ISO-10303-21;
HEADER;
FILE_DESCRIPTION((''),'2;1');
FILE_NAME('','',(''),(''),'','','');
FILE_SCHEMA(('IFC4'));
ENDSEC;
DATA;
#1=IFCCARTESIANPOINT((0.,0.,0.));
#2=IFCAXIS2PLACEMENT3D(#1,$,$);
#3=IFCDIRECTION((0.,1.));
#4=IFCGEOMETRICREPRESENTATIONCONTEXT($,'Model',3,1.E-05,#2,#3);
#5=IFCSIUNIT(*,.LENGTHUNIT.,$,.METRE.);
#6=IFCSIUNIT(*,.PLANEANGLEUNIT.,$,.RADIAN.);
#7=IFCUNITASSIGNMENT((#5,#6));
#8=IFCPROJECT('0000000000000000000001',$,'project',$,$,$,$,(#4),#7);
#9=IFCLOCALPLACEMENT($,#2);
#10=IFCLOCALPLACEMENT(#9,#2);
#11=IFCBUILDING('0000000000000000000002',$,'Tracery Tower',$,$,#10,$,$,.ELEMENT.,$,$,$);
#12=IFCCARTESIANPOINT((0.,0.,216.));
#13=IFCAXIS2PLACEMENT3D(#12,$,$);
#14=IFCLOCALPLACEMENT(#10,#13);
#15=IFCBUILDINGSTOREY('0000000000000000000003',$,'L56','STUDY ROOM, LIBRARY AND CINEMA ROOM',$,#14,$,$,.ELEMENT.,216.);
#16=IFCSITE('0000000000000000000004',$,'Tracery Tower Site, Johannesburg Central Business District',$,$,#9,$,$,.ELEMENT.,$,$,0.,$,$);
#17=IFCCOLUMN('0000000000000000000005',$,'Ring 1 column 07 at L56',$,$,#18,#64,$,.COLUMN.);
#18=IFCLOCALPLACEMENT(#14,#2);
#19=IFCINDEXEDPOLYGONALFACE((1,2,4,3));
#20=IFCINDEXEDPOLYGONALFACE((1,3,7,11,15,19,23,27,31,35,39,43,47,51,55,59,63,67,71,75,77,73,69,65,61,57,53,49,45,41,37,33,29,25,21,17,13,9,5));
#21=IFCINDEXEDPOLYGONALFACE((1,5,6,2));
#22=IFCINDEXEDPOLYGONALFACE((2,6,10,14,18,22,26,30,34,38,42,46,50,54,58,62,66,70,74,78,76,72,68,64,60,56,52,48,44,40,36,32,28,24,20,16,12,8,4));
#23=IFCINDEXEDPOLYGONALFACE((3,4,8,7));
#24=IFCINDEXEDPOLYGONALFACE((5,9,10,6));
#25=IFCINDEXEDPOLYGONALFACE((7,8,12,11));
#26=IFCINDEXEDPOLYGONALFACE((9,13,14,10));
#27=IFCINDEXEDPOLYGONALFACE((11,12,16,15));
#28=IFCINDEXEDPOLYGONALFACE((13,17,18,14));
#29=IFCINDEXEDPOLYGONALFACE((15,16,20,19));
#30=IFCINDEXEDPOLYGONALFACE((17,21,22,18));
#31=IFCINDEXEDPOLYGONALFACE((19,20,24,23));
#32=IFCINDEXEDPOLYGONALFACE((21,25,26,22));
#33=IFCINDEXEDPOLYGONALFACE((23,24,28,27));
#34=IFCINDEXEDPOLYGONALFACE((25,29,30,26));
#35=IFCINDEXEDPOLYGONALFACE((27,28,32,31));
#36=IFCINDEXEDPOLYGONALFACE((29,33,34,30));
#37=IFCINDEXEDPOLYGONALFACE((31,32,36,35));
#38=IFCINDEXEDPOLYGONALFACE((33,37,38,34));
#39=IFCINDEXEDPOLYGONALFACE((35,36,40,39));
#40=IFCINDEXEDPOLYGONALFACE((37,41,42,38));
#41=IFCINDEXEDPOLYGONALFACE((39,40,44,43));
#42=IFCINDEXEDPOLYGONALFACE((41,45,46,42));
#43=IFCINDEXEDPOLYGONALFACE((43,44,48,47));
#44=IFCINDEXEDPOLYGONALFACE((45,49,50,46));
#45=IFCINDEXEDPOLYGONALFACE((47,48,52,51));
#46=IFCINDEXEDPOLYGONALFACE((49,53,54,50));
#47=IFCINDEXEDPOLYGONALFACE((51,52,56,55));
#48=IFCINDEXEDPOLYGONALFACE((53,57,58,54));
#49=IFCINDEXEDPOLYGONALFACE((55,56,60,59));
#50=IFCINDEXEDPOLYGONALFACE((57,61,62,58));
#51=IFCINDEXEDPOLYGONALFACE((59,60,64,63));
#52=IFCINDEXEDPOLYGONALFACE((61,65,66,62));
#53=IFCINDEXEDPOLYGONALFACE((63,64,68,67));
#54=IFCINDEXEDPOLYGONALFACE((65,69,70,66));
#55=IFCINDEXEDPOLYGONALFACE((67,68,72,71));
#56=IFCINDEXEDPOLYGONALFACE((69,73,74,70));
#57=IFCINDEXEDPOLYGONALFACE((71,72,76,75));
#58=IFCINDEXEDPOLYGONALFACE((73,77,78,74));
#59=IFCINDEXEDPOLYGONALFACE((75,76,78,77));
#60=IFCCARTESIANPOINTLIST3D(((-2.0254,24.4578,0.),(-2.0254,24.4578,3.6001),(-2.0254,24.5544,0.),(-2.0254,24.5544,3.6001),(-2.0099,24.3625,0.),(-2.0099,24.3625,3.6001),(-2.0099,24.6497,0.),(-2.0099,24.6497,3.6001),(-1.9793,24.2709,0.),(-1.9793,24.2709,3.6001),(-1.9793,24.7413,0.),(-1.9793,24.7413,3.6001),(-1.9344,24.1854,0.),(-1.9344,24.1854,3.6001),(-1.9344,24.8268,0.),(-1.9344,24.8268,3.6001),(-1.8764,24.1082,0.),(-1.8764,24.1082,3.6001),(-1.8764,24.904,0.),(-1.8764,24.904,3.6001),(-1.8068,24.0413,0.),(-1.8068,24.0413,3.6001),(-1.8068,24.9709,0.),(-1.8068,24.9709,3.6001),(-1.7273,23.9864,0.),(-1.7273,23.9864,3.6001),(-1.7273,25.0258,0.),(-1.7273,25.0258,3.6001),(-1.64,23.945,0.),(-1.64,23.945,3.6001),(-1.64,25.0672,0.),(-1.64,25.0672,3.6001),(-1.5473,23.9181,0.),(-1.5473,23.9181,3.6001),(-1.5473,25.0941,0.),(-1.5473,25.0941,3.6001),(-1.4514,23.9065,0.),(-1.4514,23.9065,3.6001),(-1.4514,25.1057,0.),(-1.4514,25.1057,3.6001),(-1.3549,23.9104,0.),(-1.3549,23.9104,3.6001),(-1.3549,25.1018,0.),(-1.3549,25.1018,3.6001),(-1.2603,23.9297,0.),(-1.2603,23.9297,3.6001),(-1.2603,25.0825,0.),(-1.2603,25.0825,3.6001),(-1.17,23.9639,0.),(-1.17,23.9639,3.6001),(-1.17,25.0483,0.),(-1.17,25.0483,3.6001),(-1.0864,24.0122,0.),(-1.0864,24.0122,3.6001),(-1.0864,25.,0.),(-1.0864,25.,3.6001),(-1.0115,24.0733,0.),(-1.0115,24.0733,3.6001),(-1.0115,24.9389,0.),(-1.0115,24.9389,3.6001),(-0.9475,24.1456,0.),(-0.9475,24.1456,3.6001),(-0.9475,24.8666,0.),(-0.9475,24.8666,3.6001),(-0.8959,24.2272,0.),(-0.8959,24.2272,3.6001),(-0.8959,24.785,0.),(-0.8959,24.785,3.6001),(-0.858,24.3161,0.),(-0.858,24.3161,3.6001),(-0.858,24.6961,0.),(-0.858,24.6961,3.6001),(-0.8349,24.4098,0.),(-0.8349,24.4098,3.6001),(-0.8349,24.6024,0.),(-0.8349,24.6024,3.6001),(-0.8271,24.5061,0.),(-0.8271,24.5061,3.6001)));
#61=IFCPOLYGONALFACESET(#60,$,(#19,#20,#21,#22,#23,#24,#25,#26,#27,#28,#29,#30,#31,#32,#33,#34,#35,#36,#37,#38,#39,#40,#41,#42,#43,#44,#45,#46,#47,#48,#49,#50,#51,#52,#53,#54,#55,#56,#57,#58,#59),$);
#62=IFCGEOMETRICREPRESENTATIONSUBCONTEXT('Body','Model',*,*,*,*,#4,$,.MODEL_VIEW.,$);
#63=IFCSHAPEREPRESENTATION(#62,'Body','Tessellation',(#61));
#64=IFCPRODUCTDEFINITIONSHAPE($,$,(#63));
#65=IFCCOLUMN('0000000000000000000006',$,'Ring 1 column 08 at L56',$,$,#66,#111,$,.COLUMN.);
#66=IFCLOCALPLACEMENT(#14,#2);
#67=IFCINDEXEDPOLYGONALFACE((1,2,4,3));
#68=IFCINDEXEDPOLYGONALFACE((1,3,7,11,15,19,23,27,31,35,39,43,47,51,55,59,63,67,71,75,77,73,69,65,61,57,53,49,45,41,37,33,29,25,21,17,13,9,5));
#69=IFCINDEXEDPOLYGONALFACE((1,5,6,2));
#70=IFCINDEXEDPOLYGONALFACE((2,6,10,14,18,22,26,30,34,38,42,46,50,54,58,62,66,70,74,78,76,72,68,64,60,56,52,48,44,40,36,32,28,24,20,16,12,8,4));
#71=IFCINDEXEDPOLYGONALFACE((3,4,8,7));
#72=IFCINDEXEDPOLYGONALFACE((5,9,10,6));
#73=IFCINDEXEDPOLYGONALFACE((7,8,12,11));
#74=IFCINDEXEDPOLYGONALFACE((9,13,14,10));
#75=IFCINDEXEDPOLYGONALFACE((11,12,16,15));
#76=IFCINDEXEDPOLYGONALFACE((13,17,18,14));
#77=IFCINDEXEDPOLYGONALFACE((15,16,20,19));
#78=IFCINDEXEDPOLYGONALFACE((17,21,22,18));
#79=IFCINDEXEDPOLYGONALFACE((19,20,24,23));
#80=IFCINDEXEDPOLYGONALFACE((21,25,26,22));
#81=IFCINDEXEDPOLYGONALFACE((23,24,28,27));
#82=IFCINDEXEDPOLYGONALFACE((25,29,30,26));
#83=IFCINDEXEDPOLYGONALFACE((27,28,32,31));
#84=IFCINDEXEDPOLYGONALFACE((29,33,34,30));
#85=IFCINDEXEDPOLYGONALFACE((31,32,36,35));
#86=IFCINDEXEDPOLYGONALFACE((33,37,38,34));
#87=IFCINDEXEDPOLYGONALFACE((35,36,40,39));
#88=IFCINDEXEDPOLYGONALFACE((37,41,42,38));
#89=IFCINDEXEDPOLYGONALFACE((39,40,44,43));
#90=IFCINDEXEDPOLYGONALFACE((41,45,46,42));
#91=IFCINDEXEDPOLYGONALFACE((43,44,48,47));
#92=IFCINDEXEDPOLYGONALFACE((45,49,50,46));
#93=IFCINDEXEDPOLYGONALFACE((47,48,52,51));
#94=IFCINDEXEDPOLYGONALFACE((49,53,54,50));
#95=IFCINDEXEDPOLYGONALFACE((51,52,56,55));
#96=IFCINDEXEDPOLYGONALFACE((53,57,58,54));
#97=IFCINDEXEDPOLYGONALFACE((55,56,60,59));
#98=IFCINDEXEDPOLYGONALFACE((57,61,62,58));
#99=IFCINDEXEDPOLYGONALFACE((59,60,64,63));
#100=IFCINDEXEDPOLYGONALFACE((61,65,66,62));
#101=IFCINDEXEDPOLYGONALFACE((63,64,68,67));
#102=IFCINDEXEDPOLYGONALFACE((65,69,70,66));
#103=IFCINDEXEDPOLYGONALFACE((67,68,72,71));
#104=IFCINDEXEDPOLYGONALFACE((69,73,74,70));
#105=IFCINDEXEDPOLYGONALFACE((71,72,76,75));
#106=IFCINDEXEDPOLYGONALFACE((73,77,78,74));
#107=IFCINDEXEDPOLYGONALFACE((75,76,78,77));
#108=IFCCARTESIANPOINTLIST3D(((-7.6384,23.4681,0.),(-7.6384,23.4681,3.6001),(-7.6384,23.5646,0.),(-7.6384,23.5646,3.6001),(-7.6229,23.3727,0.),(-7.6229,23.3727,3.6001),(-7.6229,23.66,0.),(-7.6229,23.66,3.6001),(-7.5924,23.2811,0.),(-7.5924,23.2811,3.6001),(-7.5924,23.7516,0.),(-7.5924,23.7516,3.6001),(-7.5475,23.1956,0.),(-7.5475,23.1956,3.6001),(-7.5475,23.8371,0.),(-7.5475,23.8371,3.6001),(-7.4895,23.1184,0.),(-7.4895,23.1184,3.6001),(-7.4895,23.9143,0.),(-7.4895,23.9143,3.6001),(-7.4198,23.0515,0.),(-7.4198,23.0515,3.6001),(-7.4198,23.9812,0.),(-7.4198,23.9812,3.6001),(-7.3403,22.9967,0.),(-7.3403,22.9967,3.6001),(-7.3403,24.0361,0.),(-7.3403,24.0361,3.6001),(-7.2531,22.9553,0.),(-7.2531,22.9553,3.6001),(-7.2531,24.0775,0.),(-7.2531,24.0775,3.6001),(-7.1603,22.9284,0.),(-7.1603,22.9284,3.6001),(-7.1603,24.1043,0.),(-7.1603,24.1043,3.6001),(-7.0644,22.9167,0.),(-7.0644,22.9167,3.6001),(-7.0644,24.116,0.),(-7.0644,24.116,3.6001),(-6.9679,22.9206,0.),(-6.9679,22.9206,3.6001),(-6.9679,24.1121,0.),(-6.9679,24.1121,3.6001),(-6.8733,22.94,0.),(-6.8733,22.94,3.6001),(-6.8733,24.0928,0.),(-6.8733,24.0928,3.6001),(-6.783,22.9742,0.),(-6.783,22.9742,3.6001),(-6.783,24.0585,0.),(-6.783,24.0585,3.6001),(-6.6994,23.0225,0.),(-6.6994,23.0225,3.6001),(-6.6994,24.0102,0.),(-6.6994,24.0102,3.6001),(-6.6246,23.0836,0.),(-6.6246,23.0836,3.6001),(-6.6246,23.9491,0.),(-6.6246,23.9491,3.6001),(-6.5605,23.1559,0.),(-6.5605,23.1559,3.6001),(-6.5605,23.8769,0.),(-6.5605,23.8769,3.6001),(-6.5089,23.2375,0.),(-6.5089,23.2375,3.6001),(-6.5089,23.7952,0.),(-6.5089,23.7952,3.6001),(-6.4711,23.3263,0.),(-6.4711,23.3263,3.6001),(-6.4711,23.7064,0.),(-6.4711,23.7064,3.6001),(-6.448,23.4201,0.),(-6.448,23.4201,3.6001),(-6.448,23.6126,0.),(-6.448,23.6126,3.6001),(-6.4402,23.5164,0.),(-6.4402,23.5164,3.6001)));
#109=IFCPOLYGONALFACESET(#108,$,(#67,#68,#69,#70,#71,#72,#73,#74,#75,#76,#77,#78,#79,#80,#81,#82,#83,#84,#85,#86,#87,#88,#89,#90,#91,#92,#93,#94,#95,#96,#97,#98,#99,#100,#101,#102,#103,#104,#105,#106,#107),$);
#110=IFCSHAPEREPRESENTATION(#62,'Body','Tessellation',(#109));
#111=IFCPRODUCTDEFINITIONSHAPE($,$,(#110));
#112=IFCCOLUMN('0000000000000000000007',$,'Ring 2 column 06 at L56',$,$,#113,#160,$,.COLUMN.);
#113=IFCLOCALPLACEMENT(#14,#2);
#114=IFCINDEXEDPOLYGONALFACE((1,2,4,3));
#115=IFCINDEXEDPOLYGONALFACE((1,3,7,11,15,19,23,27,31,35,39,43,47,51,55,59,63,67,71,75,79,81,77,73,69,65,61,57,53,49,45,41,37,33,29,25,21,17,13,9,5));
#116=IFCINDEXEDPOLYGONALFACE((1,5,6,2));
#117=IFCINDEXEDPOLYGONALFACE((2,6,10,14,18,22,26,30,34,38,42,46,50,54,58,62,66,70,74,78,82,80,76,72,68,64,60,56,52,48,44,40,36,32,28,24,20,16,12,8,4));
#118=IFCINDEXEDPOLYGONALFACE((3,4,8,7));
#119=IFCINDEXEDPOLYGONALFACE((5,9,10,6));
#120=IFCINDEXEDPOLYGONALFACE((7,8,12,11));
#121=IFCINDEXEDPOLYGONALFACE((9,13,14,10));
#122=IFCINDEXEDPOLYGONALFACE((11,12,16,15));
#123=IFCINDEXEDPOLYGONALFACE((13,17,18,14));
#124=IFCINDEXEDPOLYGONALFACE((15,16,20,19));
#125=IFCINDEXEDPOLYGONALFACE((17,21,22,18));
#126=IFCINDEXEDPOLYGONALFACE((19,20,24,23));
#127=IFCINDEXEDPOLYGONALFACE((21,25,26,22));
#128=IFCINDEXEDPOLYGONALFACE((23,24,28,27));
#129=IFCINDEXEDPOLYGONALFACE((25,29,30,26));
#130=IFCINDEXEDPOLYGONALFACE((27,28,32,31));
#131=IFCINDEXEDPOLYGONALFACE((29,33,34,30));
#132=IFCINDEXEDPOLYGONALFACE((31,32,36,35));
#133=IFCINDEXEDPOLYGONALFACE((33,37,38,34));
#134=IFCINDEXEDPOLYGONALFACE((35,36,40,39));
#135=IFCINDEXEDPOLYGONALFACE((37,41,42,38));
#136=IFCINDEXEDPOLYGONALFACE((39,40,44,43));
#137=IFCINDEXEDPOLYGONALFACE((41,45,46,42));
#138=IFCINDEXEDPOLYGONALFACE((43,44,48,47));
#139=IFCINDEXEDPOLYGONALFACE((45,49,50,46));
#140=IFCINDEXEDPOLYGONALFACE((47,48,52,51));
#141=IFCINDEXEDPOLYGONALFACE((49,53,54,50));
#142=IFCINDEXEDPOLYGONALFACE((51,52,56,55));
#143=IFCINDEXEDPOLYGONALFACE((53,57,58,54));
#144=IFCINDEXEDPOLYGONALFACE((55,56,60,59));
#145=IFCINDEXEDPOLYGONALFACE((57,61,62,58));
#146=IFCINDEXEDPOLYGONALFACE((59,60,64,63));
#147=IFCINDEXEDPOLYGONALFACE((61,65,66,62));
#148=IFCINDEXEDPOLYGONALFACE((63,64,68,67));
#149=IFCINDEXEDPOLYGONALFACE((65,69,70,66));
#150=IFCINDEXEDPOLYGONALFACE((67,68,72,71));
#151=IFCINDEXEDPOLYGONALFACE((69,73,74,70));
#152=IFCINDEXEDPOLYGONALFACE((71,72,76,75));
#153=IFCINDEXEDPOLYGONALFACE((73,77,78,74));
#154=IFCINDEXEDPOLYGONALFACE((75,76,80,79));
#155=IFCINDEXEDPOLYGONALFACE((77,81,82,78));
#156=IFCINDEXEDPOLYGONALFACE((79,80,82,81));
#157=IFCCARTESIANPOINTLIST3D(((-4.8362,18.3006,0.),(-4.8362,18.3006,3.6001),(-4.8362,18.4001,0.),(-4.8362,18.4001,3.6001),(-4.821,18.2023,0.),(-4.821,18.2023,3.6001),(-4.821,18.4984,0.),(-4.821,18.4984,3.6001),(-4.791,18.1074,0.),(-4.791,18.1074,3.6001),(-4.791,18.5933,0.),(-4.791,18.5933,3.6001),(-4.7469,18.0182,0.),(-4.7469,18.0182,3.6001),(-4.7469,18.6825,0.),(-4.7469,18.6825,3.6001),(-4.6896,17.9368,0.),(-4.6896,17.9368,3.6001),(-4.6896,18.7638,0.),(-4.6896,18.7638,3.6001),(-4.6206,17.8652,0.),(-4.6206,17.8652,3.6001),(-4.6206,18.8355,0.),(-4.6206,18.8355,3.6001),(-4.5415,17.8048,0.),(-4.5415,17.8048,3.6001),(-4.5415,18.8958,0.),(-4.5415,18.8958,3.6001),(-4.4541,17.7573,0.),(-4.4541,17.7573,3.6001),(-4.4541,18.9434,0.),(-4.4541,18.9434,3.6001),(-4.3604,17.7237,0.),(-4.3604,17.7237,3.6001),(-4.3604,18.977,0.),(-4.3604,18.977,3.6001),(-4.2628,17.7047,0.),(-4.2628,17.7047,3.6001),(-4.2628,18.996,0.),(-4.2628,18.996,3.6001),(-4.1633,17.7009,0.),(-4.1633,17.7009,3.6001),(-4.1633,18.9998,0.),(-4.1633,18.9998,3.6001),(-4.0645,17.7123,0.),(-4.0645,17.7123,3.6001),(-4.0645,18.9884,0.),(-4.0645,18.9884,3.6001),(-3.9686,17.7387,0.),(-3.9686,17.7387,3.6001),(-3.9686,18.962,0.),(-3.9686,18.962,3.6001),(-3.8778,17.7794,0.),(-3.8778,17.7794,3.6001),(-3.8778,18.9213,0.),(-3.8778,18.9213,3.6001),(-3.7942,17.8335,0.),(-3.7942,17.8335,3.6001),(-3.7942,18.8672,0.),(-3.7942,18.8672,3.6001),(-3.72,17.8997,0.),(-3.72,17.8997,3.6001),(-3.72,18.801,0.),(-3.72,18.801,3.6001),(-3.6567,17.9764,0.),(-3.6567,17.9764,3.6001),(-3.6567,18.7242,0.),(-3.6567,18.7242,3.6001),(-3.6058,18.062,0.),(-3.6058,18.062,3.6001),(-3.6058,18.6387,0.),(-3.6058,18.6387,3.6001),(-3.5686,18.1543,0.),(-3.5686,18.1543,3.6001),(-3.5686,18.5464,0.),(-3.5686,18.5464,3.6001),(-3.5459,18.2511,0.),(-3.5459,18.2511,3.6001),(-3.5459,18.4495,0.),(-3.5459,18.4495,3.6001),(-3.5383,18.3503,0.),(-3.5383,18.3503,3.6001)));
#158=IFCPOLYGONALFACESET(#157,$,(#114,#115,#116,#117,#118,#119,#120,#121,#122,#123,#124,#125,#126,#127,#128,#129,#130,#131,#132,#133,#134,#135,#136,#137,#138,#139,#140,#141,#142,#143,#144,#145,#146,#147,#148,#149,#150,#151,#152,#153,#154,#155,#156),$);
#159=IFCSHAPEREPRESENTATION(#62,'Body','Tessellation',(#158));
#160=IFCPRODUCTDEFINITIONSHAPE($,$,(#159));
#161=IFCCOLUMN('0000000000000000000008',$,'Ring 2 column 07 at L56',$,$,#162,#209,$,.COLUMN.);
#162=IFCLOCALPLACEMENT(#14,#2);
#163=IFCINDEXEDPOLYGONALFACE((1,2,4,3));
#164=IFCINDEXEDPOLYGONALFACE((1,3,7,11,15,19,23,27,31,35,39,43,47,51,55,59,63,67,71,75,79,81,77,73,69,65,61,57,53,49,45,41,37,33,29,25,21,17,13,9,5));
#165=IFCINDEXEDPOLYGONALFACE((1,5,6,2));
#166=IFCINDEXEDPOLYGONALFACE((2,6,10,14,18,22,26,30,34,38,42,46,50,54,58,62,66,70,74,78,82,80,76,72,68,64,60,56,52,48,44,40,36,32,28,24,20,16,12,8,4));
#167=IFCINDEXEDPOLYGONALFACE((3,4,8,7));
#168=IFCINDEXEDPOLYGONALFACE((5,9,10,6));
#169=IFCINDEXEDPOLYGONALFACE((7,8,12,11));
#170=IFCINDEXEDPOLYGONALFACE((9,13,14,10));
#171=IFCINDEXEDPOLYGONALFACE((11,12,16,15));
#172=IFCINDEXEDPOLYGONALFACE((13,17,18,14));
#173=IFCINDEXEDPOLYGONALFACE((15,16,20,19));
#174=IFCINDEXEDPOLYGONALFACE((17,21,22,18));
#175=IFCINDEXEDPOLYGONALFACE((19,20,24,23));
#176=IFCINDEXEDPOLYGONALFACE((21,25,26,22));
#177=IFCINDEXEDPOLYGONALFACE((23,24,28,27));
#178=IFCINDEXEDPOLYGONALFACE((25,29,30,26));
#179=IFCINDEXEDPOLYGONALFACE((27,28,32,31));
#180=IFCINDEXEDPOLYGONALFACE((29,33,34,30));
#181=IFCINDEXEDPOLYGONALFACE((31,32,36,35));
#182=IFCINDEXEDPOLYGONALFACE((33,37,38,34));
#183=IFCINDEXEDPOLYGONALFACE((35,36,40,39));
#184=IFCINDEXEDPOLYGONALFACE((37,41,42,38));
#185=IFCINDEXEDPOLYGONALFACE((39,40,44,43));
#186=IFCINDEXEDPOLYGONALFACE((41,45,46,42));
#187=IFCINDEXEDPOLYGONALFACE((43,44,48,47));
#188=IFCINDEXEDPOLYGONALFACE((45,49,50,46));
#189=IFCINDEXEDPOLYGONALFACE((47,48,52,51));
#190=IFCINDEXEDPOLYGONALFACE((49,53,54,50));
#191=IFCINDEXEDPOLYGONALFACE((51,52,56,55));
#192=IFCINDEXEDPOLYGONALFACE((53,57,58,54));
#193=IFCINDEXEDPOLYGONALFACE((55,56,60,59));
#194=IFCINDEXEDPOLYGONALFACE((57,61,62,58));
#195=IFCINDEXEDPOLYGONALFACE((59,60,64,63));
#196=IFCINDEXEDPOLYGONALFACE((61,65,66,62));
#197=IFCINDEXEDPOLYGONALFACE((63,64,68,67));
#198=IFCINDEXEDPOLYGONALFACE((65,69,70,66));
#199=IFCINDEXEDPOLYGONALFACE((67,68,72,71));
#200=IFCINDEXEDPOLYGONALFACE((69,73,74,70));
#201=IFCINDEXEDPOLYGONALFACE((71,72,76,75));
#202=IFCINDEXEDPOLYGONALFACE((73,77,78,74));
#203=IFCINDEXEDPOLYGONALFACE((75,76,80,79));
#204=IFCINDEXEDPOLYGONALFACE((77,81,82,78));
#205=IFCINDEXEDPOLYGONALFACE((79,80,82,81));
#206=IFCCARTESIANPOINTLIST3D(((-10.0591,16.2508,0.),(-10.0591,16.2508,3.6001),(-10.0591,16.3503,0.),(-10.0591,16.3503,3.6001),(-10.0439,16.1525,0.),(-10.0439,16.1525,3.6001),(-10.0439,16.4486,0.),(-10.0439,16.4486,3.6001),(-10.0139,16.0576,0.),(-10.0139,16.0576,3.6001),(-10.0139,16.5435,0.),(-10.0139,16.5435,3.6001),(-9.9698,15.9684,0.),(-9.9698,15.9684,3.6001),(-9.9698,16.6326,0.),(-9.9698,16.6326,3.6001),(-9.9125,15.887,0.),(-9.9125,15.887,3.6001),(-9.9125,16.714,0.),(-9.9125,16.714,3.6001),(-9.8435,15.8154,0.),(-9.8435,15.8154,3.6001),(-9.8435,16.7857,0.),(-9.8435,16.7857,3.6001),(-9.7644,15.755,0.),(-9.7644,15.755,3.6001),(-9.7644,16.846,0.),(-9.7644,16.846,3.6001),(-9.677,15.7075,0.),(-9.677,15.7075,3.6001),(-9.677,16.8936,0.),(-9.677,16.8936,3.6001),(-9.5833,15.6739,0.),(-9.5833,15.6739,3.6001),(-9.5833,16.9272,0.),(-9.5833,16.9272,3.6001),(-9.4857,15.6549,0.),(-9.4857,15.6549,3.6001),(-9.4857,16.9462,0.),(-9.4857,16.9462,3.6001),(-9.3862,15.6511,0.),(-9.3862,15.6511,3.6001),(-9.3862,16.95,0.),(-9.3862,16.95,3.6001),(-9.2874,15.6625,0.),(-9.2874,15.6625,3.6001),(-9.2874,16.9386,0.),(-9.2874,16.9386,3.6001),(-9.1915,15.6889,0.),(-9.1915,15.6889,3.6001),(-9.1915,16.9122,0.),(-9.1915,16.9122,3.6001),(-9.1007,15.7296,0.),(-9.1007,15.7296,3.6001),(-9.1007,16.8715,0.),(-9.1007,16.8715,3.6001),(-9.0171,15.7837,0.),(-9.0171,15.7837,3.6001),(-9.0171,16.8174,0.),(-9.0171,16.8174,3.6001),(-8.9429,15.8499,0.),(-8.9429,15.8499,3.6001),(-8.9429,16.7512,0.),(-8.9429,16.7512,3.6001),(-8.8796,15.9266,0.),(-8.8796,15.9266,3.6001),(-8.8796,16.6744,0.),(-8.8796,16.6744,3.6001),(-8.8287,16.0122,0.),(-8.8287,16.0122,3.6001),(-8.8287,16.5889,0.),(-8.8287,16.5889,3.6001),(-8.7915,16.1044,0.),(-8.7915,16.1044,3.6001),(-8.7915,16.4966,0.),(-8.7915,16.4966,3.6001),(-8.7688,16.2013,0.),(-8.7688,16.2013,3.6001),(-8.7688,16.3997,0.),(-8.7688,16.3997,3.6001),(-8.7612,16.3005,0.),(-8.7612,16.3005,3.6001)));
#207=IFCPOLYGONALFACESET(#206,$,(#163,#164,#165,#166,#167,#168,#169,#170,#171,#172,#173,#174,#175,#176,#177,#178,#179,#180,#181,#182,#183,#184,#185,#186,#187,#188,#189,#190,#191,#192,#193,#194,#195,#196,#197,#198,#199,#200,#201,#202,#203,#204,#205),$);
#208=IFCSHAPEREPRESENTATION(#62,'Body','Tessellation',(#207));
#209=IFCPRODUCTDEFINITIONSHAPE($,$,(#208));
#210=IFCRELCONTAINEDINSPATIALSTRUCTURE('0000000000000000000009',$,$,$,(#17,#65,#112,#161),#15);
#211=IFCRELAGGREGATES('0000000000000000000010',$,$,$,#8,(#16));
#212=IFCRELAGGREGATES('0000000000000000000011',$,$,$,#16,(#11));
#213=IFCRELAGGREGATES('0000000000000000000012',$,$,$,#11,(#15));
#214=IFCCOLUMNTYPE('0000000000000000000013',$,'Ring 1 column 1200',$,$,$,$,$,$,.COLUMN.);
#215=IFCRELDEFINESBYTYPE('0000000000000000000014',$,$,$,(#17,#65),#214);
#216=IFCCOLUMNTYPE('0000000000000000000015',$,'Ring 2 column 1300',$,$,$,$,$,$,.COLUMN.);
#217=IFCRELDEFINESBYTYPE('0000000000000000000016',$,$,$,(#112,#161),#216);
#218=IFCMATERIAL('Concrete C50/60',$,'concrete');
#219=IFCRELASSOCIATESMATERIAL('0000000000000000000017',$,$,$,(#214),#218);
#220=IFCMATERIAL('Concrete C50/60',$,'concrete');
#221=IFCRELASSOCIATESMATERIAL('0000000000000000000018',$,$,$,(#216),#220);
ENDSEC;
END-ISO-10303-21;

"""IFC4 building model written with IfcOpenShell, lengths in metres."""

from ifc_helpers import new_model, si_unit, direction, frame, origin, origin_2d, place, context, subcontext, project, spatial, circle, extrude, material, material_profile, profile_set, type_object, element, save


model = new_model("IFC4")

# Units and contexts
model_context = context("Model", 3, precision=1e-05, world=origin(), true_north=direction((0.0, 1.0)))
body_context = subcontext(model_context, "Body", "Model", "MODEL_VIEW")
ifc_project = project(units=[si_unit("LENGTHUNIT", "METRE"), si_unit("PLANEANGLEUNIT", "RADIAN")], contexts=[model_context])

# Site, building, storey
site_placement = place(None, origin())
site = spatial("IfcSite", under=ifc_project, at=site_placement, Name="Tracery Tower Site, Johannesburg Central Business District", CompositionType="ELEMENT", RefElevation=0.0)
building_placement = place(site_placement, origin())
building = spatial("IfcBuilding", under=site, at=building_placement, Name="Tracery Tower", CompositionType="ELEMENT")
storey_placement = place(building_placement, frame((0.0, 0.0, 216.0)))
storey = spatial("IfcBuildingStorey", under=building, at=storey_placement, Name="L56", Description="STUDY ROOM, LIBRARY AND CINEMA ROOM", CompositionType="ELEMENT", Elevation=216.0)

# Columns
ifc_material_1 = material(Name="Concrete C50/60", Category="concrete")
ifc_material_profile_1 = material_profile(ifc_material_1, circle(Radius=0.6001, at=origin_2d()), Name="RC D1200")
ifc_profile_set_1 = profile_set([ifc_material_profile_1], Name="Concrete C50/60")
column_type_1 = type_object("IfcColumnType", Name="Ring 1 column 1200", PredefinedType="COLUMN", material=ifc_profile_set_1)
for number, where, z_axis, x_axis, name in (
    (1, (-1.4272, 24.5061, 0.0), (0.0, 0.0, 1.0), (1.0, 0.0, 0.0), "Ring 1 column 07 at L56"),
    (2, (-7.0403, 23.5164, 0.0), (0.0, 0.0, 1.0), (1.0, 0.0, 0.0), "Ring 1 column 08 at L56"),
):
    element("IfcColumn", number, at=place(storey_placement, frame(where, z_axis=z_axis, x_axis=x_axis)), inside=storey, type_object=column_type_1, Name=name, PredefinedType="COLUMN", context=body_context, shape_type="SweptSolid", body=[
        extrude(circle(Radius=0.6001, at=origin_2d()), origin(), (0.0, 0.0, 1.0), 3.6001),
    ])
ifc_material_2 = material(Name="Concrete C50/60", Category="concrete")
ifc_material_profile_2 = material_profile(ifc_material_2, circle(Radius=0.6499, at=origin_2d()), Name="RC D1300")
ifc_profile_set_2 = profile_set([ifc_material_profile_2], Name="Concrete C50/60")
column_type_2 = type_object("IfcColumnType", Name="Ring 2 column 1300", PredefinedType="COLUMN", material=ifc_profile_set_2)
for number, where, z_axis, x_axis, name in (
    (3, (-4.1882, 18.3503, 0.0), (0.0, 0.0, 1.0), (1.0, 0.0, 0.0), "Ring 2 column 06 at L56"),
    (4, (-9.4111, 16.3005, 0.0), (0.0, 0.0, 1.0), (1.0, 0.0, 0.0), "Ring 2 column 07 at L56"),
):
    element("IfcColumn", number, at=place(storey_placement, frame(where, z_axis=z_axis, x_axis=x_axis)), inside=storey, type_object=column_type_2, Name=name, PredefinedType="COLUMN", context=body_context, shape_type="SweptSolid", body=[
        extrude(circle(Radius=0.6499, at=origin_2d()), origin(), (0.0, 0.0, 1.0), 3.6001),
    ])

save(model, "model.ifc")
